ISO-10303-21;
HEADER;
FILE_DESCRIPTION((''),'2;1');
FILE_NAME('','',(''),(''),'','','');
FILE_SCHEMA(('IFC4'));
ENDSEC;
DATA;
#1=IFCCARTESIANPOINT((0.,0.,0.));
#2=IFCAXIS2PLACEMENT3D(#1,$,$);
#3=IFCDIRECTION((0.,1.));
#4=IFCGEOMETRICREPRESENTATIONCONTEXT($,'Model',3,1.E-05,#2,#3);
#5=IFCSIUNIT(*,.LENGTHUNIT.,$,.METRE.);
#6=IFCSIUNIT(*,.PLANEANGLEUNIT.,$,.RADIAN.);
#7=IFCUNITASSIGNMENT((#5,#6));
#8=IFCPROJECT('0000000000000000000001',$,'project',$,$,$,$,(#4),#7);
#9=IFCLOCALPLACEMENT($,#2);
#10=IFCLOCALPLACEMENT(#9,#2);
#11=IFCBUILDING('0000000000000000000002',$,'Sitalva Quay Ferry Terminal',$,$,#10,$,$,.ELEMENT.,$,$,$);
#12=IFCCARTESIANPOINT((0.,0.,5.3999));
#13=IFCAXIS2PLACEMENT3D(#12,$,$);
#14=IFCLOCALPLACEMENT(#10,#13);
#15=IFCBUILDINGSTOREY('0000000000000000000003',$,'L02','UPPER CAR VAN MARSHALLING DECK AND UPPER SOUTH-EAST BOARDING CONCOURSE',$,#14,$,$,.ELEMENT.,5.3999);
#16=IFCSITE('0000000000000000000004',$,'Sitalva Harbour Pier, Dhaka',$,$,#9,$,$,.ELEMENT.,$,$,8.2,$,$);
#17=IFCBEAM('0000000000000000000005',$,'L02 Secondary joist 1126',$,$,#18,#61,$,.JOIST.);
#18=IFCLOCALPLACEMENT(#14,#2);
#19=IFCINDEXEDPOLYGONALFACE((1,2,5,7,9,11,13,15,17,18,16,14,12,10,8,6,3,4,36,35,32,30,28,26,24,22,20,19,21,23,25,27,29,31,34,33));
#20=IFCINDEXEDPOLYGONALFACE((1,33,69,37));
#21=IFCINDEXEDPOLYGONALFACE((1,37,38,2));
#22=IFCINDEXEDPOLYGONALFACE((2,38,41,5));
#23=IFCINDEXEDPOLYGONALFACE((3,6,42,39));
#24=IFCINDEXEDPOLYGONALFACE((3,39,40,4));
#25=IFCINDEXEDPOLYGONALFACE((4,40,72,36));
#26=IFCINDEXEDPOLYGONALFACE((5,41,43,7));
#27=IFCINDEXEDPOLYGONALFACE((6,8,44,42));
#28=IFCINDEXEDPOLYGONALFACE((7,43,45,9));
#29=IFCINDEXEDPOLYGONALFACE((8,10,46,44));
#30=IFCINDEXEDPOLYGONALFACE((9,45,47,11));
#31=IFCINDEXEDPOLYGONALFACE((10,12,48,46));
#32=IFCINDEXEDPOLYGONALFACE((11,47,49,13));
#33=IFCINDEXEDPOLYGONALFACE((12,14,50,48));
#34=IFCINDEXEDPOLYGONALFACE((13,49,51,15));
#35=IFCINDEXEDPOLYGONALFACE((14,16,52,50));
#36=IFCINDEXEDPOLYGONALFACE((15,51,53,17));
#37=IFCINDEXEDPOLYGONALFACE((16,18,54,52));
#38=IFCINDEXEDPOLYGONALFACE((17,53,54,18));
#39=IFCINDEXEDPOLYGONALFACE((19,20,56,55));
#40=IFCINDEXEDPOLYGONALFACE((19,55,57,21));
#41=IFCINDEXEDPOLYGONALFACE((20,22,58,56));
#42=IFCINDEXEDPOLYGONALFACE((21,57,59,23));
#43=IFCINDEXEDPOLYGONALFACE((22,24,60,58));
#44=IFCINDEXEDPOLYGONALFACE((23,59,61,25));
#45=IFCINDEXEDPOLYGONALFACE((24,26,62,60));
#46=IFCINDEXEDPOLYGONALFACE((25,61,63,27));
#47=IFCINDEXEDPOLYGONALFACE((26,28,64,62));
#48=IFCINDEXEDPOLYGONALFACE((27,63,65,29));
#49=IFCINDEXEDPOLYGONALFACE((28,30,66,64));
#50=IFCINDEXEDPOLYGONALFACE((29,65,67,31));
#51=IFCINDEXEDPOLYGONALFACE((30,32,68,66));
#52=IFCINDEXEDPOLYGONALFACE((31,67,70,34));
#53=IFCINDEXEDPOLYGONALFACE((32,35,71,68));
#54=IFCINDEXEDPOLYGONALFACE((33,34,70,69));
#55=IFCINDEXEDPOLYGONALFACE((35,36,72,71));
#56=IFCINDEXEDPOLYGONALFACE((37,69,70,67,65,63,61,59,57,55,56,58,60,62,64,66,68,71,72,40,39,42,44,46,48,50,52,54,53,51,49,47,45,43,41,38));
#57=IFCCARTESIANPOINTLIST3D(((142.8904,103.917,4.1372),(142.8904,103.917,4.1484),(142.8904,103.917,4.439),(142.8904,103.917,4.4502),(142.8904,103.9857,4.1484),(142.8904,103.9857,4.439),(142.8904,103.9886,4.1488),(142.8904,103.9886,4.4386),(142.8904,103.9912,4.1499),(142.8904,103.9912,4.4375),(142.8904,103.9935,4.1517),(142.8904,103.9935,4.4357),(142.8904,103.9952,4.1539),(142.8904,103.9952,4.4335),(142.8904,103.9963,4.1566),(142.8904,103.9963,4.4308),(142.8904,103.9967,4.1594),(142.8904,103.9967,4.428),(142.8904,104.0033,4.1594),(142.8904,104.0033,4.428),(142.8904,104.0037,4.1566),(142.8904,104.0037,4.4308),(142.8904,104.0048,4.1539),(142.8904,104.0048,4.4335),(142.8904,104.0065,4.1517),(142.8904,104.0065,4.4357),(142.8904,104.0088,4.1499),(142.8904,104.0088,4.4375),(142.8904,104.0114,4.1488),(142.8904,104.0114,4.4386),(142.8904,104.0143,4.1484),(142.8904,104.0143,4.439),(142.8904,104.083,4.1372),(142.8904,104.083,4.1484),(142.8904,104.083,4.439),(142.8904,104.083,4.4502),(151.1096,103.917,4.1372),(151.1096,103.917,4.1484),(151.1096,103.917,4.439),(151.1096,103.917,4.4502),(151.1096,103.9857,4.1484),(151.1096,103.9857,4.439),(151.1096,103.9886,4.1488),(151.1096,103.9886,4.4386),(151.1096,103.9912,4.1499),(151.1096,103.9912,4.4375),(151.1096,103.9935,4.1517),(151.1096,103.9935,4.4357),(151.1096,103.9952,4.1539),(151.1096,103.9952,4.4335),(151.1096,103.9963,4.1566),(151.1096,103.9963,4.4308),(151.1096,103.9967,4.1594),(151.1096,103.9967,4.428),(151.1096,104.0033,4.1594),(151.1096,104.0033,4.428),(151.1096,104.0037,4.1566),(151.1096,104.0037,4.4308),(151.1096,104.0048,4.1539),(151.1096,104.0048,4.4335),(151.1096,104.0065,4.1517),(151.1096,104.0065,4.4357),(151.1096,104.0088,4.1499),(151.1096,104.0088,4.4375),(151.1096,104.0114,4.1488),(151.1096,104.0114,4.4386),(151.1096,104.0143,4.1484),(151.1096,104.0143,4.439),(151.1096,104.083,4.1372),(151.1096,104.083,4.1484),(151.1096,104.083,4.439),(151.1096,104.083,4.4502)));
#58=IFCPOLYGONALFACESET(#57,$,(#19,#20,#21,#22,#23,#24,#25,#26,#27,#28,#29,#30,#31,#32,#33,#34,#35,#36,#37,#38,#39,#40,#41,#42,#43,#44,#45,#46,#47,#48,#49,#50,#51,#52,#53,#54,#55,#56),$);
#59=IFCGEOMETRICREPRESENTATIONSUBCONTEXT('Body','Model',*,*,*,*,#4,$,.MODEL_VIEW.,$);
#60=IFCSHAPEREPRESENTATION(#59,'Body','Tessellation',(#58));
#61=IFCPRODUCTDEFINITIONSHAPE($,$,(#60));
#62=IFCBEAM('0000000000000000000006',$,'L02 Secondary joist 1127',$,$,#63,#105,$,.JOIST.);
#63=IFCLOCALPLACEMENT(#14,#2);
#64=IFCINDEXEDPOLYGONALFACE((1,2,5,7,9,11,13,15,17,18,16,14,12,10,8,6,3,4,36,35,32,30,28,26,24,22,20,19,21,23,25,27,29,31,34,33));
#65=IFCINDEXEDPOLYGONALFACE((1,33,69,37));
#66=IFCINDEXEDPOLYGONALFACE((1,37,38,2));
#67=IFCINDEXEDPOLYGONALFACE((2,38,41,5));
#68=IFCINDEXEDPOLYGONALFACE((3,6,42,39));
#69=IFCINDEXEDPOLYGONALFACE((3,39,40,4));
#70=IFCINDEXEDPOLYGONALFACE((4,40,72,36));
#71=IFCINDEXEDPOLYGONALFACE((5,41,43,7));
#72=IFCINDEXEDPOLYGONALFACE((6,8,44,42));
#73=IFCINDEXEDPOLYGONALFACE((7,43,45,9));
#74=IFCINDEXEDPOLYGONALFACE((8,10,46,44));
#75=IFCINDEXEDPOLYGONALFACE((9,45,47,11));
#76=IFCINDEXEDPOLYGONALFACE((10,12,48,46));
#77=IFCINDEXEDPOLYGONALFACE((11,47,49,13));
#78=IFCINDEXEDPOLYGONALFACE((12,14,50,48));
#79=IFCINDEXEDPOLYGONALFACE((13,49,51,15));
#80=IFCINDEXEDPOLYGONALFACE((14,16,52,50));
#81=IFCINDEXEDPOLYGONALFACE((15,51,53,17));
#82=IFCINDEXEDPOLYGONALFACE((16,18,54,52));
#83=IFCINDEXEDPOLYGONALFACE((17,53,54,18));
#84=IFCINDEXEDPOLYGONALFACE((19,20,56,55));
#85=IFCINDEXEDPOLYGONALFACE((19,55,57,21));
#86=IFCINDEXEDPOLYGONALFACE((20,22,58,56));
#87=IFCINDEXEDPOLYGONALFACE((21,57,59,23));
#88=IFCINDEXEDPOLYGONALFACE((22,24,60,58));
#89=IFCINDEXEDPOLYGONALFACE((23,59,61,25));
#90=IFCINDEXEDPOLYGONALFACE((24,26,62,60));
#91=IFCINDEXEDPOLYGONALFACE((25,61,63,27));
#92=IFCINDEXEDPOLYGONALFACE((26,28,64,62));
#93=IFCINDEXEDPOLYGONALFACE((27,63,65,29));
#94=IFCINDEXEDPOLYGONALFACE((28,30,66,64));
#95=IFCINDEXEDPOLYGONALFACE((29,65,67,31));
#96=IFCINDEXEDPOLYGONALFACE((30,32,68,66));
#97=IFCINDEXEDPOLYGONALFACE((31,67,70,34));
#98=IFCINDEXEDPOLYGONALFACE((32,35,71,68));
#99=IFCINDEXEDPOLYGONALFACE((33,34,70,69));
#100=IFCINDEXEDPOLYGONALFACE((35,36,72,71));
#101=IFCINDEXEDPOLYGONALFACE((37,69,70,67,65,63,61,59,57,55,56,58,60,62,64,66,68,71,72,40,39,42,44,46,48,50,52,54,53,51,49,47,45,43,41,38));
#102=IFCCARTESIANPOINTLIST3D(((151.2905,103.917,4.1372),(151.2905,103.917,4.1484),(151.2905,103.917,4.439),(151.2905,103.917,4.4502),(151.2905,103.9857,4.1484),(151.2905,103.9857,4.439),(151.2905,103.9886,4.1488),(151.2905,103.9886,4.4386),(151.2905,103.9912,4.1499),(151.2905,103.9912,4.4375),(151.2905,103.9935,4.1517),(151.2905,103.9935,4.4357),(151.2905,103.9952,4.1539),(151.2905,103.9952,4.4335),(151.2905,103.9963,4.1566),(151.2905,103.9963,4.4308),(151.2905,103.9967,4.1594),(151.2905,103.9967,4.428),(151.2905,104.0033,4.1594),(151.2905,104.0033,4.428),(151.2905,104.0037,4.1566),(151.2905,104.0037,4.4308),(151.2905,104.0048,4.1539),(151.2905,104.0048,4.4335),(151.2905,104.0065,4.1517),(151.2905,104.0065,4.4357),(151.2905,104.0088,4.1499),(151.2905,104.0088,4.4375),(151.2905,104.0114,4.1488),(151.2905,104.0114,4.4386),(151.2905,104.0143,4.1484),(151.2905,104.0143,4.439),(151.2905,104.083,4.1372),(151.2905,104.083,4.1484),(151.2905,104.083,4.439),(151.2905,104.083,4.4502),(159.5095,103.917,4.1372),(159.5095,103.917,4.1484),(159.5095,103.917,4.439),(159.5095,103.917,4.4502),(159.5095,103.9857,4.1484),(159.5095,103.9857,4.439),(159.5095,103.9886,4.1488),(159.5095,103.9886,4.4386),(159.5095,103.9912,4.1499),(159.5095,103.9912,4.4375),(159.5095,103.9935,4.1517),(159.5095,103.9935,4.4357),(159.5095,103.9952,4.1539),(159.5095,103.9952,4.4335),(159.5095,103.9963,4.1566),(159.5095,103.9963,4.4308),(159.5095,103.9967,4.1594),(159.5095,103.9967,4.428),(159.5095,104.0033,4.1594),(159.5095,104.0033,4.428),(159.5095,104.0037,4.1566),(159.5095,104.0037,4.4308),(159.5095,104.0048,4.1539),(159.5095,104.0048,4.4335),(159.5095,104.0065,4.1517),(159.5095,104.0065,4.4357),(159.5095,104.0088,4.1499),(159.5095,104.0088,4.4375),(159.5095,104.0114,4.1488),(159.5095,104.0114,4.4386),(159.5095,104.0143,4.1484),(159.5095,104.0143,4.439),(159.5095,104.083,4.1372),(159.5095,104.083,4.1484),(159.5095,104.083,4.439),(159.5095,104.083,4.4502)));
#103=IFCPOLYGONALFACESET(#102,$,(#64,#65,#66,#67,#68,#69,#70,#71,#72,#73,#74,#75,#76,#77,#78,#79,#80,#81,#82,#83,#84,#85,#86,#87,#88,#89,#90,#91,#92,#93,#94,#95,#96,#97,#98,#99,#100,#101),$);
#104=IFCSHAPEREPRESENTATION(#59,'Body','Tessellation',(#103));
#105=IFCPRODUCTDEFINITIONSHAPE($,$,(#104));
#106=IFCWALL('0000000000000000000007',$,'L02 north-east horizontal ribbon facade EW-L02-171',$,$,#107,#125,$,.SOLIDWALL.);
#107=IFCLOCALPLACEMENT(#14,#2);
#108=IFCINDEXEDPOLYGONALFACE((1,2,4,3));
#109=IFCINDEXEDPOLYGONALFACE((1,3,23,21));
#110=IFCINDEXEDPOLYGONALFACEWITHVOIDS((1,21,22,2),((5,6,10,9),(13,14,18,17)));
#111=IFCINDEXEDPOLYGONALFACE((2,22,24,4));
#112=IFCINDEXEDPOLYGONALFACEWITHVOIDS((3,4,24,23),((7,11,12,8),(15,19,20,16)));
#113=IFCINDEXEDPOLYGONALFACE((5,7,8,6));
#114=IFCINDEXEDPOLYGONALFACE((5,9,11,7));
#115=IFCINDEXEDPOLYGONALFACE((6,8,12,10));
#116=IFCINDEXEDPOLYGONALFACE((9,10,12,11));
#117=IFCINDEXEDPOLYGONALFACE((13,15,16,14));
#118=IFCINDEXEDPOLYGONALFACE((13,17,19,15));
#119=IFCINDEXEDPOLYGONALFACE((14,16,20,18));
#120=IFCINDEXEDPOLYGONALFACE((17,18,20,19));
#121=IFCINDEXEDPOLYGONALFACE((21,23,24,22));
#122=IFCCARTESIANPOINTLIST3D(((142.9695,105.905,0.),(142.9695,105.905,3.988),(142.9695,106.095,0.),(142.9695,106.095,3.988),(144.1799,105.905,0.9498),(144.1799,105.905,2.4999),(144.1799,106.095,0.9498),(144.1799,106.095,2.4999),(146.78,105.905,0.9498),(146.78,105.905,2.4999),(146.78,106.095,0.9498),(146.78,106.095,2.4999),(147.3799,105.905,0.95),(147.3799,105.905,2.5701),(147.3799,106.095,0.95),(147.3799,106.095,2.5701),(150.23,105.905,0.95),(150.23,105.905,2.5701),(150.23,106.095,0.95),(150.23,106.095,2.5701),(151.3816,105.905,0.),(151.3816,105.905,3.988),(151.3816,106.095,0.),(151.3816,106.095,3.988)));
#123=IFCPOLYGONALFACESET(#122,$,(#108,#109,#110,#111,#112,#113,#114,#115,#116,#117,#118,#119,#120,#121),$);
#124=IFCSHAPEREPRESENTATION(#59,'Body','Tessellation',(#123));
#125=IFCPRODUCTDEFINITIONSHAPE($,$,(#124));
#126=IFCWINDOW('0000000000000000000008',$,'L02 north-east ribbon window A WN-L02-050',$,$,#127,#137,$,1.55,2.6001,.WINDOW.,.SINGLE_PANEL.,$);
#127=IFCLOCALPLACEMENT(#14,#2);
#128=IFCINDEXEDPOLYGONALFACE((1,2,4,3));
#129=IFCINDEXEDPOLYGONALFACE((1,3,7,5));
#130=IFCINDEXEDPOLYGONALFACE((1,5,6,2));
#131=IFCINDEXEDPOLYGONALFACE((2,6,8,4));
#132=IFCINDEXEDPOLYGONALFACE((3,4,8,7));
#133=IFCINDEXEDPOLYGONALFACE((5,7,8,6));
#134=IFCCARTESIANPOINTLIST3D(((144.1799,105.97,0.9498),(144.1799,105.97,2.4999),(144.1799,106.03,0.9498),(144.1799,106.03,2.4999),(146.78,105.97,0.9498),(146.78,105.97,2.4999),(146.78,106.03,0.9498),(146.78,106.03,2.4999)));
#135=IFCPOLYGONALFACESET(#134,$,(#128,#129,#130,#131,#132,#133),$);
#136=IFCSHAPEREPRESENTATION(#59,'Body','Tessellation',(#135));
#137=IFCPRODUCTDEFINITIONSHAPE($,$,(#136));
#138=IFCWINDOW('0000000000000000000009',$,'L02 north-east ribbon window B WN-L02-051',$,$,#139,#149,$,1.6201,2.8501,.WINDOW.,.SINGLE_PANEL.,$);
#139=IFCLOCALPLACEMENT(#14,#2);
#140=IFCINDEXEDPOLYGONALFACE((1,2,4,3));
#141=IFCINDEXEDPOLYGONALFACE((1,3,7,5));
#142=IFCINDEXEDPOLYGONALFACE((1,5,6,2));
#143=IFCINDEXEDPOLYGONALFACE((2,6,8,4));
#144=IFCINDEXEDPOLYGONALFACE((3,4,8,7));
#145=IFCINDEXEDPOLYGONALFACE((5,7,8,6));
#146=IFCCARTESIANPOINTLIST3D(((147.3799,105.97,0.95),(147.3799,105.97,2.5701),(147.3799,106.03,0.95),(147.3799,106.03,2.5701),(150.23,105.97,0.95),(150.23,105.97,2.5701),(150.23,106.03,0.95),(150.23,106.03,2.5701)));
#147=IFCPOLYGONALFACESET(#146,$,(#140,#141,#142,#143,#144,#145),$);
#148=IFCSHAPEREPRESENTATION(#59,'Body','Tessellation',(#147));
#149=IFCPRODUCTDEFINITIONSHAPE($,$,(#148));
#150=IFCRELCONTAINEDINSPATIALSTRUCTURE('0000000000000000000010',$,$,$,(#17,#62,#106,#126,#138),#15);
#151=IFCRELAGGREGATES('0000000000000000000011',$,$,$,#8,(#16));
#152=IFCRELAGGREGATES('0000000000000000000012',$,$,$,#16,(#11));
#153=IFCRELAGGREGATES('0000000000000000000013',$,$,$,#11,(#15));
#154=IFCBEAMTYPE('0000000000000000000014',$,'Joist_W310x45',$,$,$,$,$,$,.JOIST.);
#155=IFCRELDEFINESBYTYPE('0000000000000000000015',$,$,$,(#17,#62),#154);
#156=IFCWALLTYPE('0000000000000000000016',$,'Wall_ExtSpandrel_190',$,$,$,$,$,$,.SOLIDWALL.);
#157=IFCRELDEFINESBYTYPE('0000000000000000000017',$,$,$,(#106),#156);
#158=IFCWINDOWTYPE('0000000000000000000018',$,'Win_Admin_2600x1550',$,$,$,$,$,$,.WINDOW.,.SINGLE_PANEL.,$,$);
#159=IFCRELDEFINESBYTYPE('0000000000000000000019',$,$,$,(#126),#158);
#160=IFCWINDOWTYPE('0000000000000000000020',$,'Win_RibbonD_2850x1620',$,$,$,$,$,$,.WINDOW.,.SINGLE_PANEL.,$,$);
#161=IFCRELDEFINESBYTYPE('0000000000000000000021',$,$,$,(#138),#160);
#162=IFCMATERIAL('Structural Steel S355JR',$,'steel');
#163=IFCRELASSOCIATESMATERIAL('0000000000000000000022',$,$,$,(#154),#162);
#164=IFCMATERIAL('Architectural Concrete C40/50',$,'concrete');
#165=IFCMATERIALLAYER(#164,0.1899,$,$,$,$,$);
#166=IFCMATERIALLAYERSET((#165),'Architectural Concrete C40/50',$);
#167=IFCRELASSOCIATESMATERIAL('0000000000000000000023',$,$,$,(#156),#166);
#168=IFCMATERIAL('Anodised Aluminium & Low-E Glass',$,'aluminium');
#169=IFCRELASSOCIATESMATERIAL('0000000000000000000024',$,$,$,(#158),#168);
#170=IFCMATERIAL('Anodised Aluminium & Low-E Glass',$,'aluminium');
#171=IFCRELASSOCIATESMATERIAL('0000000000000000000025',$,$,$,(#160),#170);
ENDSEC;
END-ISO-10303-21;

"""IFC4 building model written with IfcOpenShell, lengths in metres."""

from ifc_helpers import new_model, si_unit, direction, frame, frame_2d, origin, origin_2d, place, context, subcontext, project, spatial, rectangle, i_section, extrude, material, layer, layer_set, material_profile, profile_set, type_object, element, fill, save


model = new_model("IFC4")

# Units and contexts
model_context = context("Model", 3, precision=1e-05, world=origin(), true_north=direction((0.0, 1.0)))
body_context = subcontext(model_context, "Body", "Model", "MODEL_VIEW")
ifc_project = project(units=[si_unit("LENGTHUNIT", "METRE"), si_unit("PLANEANGLEUNIT", "RADIAN")], contexts=[model_context])

# Site, building, storey
site_placement = place(None, origin())
site = spatial("IfcSite", under=ifc_project, at=site_placement, Name="Sitalva Harbour Pier, Dhaka", CompositionType="ELEMENT", RefElevation=8.2)
building_placement = place(site_placement, origin())
building = spatial("IfcBuilding", under=site, at=building_placement, Name="Sitalva Quay Ferry Terminal", CompositionType="ELEMENT")
storey_placement = place(building_placement, frame((0.0, 0.0, 5.3999)))
storey = spatial("IfcBuildingStorey", under=building, at=storey_placement, Name="L02", Description="UPPER CAR VAN MARSHALLING DECK AND UPPER SOUTH-EAST BOARDING CONCOURSE", CompositionType="ELEMENT", Elevation=5.3999)

# Beams
ifc_material_1 = material(Name="Structural Steel S355JR", Category="steel")
ifc_material_profile_1 = material_profile(ifc_material_1, i_section(OverallWidth=0.166, OverallDepth=0.313, WebThickness=0.0066, FlangeThickness=0.0112, FilletRadius=0.011, at=origin_2d()), Name="W310x45")
ifc_profile_set_1 = profile_set([ifc_material_profile_1], Name="Structural Steel S355JR")
beam_type_1 = type_object("IfcBeamType", Name="Joist_W310x45", PredefinedType="JOIST", material=ifc_profile_set_1)
beam_1_placement = place(storey_placement, frame((142.8904, 104.0, 4.2937), z_axis=(1.0, 0.0, 0.0), x_axis=(0.0, 1.0, 0.0)))
element("IfcBeam", 1, at=beam_1_placement, inside=storey, type_object=beam_type_1, Name="L02 Secondary joist 1126", PredefinedType="JOIST", context=body_context, shape_type="SweptSolid", body=[
    extrude(i_section(OverallWidth=0.166, OverallDepth=0.313, WebThickness=0.0066, FlangeThickness=0.0112, FilletRadius=0.011, at=origin_2d()), origin(), (0.0, 0.0, 1.0), 8.2192),
])
beam_2_placement = place(storey_placement, frame((151.2905, 104.0, 4.2937), z_axis=(1.0, 0.0, 0.0), x_axis=(0.0, 1.0, 0.0)))
element("IfcBeam", 2, at=beam_2_placement, inside=storey, type_object=beam_type_1, Name="L02 Secondary joist 1127", PredefinedType="JOIST", context=body_context, shape_type="SweptSolid", body=[
    extrude(i_section(OverallWidth=0.166, OverallDepth=0.313, WebThickness=0.0066, FlangeThickness=0.0112, FilletRadius=0.011, at=origin_2d()), origin(), (0.0, 0.0, 1.0), 8.219),
])

# Wall, openings, windows
ifc_material_2 = material(Name="Architectural Concrete C40/50", Category="concrete")
ifc_layer_1 = layer(ifc_material_2, 0.1899)
ifc_layer_set_1 = layer_set([ifc_layer_1], Name="Architectural Concrete C40/50")
wall_type_1 = type_object("IfcWallType", Name="Wall_ExtSpandrel_190", PredefinedType="SOLIDWALL", material=ifc_layer_set_1)
wall_1_placement = place(storey_placement, frame((142.9695, 106.0, 0.0), z_axis=(0.0, 0.0, 1.0), x_axis=(1.0, 0.0, 0.0)))
wall_1 = element("IfcWall", 3, at=wall_1_placement, inside=storey, type_object=wall_type_1, Name="L02 north-east horizontal ribbon facade EW-L02-171", PredefinedType="SOLIDWALL", context=body_context, shape_type="SweptSolid", body=[
    extrude(rectangle(XDim=8.4121, YDim=0.1899, at=frame_2d((4.2061, 0.0))), origin(), (0.0, 0.0, 1.0), 3.988),
])
opening_1_placement = place(wall_1_placement, frame((1.2104, 0.0, 0.95)))
opening_1 = element("IfcOpeningElement", 4, at=opening_1_placement, cuts=wall_1, PredefinedType="OPENING", context=body_context, shape_type="SweptSolid", body=[
    extrude(rectangle(XDim=2.6001, YDim=1.55, at=frame_2d((1.3, 0.7749))), frame((0.0, 0.105, 0.0), z_axis=(0.0, -1.0, 0.0), x_axis=(1.0, 0.0, 0.0)), (0.0, 0.0, 1.0), 0.21),
])
opening_2_placement = place(wall_1_placement, frame((4.4104, 0.0, 0.95)))
opening_2 = element("IfcOpeningElement", 5, at=opening_2_placement, cuts=wall_1, PredefinedType="OPENING", context=body_context, shape_type="SweptSolid", body=[
    extrude(rectangle(XDim=2.8501, YDim=1.6201, at=frame_2d((1.425, 0.8101))), frame((0.0, 0.105, 0.0), z_axis=(0.0, -1.0, 0.0), x_axis=(1.0, 0.0, 0.0)), (0.0, 0.0, 1.0), 0.21),
])
ifc_material_3 = material(Name="Anodised Aluminium & Low-E Glass", Category="aluminium")
window_type_1 = type_object("IfcWindowType", Name="Win_Admin_2600x1550", PartitioningType="SINGLE_PANEL", PredefinedType="WINDOW", material=ifc_material_3)
window_1_placement = place(opening_1_placement, origin())
window_1 = element("IfcWindow", 6, at=window_1_placement, inside=storey, type_object=window_type_1, Name="L02 north-east ribbon window A WN-L02-050", OverallHeight=1.55, OverallWidth=2.6001, PartitioningType="SINGLE_PANEL", PredefinedType="WINDOW", context=body_context, shape_type="SweptSolid", body=[
    extrude(rectangle(XDim=2.6001, YDim=1.55, at=frame_2d((1.3, 0.7749))), frame((0.0, 0.03, 0.0), z_axis=(0.0, -1.0, 0.0), x_axis=(1.0, 0.0, 0.0)), (0.0, 0.0, 1.0), 0.0601),
])
fill(opening_1, window_1)
ifc_material_4 = material(Name="Anodised Aluminium & Low-E Glass", Category="aluminium")
window_type_2 = type_object("IfcWindowType", Name="Win_RibbonD_2850x1620", PartitioningType="SINGLE_PANEL", PredefinedType="WINDOW", material=ifc_material_4)
window_2_placement = place(opening_2_placement, origin())
window_2 = element("IfcWindow", 7, at=window_2_placement, inside=storey, type_object=window_type_2, Name="L02 north-east ribbon window B WN-L02-051", OverallHeight=1.6201, OverallWidth=2.8501, PartitioningType="SINGLE_PANEL", PredefinedType="WINDOW", context=body_context, shape_type="SweptSolid", body=[
    extrude(rectangle(XDim=2.8501, YDim=1.6201, at=frame_2d((1.425, 0.8101))), frame((0.0, 0.03, 0.0), z_axis=(0.0, -1.0, 0.0), x_axis=(1.0, 0.0, 0.0)), (0.0, 0.0, 1.0), 0.0601),
])
fill(opening_2, window_2)

save(model, "model.ifc")
